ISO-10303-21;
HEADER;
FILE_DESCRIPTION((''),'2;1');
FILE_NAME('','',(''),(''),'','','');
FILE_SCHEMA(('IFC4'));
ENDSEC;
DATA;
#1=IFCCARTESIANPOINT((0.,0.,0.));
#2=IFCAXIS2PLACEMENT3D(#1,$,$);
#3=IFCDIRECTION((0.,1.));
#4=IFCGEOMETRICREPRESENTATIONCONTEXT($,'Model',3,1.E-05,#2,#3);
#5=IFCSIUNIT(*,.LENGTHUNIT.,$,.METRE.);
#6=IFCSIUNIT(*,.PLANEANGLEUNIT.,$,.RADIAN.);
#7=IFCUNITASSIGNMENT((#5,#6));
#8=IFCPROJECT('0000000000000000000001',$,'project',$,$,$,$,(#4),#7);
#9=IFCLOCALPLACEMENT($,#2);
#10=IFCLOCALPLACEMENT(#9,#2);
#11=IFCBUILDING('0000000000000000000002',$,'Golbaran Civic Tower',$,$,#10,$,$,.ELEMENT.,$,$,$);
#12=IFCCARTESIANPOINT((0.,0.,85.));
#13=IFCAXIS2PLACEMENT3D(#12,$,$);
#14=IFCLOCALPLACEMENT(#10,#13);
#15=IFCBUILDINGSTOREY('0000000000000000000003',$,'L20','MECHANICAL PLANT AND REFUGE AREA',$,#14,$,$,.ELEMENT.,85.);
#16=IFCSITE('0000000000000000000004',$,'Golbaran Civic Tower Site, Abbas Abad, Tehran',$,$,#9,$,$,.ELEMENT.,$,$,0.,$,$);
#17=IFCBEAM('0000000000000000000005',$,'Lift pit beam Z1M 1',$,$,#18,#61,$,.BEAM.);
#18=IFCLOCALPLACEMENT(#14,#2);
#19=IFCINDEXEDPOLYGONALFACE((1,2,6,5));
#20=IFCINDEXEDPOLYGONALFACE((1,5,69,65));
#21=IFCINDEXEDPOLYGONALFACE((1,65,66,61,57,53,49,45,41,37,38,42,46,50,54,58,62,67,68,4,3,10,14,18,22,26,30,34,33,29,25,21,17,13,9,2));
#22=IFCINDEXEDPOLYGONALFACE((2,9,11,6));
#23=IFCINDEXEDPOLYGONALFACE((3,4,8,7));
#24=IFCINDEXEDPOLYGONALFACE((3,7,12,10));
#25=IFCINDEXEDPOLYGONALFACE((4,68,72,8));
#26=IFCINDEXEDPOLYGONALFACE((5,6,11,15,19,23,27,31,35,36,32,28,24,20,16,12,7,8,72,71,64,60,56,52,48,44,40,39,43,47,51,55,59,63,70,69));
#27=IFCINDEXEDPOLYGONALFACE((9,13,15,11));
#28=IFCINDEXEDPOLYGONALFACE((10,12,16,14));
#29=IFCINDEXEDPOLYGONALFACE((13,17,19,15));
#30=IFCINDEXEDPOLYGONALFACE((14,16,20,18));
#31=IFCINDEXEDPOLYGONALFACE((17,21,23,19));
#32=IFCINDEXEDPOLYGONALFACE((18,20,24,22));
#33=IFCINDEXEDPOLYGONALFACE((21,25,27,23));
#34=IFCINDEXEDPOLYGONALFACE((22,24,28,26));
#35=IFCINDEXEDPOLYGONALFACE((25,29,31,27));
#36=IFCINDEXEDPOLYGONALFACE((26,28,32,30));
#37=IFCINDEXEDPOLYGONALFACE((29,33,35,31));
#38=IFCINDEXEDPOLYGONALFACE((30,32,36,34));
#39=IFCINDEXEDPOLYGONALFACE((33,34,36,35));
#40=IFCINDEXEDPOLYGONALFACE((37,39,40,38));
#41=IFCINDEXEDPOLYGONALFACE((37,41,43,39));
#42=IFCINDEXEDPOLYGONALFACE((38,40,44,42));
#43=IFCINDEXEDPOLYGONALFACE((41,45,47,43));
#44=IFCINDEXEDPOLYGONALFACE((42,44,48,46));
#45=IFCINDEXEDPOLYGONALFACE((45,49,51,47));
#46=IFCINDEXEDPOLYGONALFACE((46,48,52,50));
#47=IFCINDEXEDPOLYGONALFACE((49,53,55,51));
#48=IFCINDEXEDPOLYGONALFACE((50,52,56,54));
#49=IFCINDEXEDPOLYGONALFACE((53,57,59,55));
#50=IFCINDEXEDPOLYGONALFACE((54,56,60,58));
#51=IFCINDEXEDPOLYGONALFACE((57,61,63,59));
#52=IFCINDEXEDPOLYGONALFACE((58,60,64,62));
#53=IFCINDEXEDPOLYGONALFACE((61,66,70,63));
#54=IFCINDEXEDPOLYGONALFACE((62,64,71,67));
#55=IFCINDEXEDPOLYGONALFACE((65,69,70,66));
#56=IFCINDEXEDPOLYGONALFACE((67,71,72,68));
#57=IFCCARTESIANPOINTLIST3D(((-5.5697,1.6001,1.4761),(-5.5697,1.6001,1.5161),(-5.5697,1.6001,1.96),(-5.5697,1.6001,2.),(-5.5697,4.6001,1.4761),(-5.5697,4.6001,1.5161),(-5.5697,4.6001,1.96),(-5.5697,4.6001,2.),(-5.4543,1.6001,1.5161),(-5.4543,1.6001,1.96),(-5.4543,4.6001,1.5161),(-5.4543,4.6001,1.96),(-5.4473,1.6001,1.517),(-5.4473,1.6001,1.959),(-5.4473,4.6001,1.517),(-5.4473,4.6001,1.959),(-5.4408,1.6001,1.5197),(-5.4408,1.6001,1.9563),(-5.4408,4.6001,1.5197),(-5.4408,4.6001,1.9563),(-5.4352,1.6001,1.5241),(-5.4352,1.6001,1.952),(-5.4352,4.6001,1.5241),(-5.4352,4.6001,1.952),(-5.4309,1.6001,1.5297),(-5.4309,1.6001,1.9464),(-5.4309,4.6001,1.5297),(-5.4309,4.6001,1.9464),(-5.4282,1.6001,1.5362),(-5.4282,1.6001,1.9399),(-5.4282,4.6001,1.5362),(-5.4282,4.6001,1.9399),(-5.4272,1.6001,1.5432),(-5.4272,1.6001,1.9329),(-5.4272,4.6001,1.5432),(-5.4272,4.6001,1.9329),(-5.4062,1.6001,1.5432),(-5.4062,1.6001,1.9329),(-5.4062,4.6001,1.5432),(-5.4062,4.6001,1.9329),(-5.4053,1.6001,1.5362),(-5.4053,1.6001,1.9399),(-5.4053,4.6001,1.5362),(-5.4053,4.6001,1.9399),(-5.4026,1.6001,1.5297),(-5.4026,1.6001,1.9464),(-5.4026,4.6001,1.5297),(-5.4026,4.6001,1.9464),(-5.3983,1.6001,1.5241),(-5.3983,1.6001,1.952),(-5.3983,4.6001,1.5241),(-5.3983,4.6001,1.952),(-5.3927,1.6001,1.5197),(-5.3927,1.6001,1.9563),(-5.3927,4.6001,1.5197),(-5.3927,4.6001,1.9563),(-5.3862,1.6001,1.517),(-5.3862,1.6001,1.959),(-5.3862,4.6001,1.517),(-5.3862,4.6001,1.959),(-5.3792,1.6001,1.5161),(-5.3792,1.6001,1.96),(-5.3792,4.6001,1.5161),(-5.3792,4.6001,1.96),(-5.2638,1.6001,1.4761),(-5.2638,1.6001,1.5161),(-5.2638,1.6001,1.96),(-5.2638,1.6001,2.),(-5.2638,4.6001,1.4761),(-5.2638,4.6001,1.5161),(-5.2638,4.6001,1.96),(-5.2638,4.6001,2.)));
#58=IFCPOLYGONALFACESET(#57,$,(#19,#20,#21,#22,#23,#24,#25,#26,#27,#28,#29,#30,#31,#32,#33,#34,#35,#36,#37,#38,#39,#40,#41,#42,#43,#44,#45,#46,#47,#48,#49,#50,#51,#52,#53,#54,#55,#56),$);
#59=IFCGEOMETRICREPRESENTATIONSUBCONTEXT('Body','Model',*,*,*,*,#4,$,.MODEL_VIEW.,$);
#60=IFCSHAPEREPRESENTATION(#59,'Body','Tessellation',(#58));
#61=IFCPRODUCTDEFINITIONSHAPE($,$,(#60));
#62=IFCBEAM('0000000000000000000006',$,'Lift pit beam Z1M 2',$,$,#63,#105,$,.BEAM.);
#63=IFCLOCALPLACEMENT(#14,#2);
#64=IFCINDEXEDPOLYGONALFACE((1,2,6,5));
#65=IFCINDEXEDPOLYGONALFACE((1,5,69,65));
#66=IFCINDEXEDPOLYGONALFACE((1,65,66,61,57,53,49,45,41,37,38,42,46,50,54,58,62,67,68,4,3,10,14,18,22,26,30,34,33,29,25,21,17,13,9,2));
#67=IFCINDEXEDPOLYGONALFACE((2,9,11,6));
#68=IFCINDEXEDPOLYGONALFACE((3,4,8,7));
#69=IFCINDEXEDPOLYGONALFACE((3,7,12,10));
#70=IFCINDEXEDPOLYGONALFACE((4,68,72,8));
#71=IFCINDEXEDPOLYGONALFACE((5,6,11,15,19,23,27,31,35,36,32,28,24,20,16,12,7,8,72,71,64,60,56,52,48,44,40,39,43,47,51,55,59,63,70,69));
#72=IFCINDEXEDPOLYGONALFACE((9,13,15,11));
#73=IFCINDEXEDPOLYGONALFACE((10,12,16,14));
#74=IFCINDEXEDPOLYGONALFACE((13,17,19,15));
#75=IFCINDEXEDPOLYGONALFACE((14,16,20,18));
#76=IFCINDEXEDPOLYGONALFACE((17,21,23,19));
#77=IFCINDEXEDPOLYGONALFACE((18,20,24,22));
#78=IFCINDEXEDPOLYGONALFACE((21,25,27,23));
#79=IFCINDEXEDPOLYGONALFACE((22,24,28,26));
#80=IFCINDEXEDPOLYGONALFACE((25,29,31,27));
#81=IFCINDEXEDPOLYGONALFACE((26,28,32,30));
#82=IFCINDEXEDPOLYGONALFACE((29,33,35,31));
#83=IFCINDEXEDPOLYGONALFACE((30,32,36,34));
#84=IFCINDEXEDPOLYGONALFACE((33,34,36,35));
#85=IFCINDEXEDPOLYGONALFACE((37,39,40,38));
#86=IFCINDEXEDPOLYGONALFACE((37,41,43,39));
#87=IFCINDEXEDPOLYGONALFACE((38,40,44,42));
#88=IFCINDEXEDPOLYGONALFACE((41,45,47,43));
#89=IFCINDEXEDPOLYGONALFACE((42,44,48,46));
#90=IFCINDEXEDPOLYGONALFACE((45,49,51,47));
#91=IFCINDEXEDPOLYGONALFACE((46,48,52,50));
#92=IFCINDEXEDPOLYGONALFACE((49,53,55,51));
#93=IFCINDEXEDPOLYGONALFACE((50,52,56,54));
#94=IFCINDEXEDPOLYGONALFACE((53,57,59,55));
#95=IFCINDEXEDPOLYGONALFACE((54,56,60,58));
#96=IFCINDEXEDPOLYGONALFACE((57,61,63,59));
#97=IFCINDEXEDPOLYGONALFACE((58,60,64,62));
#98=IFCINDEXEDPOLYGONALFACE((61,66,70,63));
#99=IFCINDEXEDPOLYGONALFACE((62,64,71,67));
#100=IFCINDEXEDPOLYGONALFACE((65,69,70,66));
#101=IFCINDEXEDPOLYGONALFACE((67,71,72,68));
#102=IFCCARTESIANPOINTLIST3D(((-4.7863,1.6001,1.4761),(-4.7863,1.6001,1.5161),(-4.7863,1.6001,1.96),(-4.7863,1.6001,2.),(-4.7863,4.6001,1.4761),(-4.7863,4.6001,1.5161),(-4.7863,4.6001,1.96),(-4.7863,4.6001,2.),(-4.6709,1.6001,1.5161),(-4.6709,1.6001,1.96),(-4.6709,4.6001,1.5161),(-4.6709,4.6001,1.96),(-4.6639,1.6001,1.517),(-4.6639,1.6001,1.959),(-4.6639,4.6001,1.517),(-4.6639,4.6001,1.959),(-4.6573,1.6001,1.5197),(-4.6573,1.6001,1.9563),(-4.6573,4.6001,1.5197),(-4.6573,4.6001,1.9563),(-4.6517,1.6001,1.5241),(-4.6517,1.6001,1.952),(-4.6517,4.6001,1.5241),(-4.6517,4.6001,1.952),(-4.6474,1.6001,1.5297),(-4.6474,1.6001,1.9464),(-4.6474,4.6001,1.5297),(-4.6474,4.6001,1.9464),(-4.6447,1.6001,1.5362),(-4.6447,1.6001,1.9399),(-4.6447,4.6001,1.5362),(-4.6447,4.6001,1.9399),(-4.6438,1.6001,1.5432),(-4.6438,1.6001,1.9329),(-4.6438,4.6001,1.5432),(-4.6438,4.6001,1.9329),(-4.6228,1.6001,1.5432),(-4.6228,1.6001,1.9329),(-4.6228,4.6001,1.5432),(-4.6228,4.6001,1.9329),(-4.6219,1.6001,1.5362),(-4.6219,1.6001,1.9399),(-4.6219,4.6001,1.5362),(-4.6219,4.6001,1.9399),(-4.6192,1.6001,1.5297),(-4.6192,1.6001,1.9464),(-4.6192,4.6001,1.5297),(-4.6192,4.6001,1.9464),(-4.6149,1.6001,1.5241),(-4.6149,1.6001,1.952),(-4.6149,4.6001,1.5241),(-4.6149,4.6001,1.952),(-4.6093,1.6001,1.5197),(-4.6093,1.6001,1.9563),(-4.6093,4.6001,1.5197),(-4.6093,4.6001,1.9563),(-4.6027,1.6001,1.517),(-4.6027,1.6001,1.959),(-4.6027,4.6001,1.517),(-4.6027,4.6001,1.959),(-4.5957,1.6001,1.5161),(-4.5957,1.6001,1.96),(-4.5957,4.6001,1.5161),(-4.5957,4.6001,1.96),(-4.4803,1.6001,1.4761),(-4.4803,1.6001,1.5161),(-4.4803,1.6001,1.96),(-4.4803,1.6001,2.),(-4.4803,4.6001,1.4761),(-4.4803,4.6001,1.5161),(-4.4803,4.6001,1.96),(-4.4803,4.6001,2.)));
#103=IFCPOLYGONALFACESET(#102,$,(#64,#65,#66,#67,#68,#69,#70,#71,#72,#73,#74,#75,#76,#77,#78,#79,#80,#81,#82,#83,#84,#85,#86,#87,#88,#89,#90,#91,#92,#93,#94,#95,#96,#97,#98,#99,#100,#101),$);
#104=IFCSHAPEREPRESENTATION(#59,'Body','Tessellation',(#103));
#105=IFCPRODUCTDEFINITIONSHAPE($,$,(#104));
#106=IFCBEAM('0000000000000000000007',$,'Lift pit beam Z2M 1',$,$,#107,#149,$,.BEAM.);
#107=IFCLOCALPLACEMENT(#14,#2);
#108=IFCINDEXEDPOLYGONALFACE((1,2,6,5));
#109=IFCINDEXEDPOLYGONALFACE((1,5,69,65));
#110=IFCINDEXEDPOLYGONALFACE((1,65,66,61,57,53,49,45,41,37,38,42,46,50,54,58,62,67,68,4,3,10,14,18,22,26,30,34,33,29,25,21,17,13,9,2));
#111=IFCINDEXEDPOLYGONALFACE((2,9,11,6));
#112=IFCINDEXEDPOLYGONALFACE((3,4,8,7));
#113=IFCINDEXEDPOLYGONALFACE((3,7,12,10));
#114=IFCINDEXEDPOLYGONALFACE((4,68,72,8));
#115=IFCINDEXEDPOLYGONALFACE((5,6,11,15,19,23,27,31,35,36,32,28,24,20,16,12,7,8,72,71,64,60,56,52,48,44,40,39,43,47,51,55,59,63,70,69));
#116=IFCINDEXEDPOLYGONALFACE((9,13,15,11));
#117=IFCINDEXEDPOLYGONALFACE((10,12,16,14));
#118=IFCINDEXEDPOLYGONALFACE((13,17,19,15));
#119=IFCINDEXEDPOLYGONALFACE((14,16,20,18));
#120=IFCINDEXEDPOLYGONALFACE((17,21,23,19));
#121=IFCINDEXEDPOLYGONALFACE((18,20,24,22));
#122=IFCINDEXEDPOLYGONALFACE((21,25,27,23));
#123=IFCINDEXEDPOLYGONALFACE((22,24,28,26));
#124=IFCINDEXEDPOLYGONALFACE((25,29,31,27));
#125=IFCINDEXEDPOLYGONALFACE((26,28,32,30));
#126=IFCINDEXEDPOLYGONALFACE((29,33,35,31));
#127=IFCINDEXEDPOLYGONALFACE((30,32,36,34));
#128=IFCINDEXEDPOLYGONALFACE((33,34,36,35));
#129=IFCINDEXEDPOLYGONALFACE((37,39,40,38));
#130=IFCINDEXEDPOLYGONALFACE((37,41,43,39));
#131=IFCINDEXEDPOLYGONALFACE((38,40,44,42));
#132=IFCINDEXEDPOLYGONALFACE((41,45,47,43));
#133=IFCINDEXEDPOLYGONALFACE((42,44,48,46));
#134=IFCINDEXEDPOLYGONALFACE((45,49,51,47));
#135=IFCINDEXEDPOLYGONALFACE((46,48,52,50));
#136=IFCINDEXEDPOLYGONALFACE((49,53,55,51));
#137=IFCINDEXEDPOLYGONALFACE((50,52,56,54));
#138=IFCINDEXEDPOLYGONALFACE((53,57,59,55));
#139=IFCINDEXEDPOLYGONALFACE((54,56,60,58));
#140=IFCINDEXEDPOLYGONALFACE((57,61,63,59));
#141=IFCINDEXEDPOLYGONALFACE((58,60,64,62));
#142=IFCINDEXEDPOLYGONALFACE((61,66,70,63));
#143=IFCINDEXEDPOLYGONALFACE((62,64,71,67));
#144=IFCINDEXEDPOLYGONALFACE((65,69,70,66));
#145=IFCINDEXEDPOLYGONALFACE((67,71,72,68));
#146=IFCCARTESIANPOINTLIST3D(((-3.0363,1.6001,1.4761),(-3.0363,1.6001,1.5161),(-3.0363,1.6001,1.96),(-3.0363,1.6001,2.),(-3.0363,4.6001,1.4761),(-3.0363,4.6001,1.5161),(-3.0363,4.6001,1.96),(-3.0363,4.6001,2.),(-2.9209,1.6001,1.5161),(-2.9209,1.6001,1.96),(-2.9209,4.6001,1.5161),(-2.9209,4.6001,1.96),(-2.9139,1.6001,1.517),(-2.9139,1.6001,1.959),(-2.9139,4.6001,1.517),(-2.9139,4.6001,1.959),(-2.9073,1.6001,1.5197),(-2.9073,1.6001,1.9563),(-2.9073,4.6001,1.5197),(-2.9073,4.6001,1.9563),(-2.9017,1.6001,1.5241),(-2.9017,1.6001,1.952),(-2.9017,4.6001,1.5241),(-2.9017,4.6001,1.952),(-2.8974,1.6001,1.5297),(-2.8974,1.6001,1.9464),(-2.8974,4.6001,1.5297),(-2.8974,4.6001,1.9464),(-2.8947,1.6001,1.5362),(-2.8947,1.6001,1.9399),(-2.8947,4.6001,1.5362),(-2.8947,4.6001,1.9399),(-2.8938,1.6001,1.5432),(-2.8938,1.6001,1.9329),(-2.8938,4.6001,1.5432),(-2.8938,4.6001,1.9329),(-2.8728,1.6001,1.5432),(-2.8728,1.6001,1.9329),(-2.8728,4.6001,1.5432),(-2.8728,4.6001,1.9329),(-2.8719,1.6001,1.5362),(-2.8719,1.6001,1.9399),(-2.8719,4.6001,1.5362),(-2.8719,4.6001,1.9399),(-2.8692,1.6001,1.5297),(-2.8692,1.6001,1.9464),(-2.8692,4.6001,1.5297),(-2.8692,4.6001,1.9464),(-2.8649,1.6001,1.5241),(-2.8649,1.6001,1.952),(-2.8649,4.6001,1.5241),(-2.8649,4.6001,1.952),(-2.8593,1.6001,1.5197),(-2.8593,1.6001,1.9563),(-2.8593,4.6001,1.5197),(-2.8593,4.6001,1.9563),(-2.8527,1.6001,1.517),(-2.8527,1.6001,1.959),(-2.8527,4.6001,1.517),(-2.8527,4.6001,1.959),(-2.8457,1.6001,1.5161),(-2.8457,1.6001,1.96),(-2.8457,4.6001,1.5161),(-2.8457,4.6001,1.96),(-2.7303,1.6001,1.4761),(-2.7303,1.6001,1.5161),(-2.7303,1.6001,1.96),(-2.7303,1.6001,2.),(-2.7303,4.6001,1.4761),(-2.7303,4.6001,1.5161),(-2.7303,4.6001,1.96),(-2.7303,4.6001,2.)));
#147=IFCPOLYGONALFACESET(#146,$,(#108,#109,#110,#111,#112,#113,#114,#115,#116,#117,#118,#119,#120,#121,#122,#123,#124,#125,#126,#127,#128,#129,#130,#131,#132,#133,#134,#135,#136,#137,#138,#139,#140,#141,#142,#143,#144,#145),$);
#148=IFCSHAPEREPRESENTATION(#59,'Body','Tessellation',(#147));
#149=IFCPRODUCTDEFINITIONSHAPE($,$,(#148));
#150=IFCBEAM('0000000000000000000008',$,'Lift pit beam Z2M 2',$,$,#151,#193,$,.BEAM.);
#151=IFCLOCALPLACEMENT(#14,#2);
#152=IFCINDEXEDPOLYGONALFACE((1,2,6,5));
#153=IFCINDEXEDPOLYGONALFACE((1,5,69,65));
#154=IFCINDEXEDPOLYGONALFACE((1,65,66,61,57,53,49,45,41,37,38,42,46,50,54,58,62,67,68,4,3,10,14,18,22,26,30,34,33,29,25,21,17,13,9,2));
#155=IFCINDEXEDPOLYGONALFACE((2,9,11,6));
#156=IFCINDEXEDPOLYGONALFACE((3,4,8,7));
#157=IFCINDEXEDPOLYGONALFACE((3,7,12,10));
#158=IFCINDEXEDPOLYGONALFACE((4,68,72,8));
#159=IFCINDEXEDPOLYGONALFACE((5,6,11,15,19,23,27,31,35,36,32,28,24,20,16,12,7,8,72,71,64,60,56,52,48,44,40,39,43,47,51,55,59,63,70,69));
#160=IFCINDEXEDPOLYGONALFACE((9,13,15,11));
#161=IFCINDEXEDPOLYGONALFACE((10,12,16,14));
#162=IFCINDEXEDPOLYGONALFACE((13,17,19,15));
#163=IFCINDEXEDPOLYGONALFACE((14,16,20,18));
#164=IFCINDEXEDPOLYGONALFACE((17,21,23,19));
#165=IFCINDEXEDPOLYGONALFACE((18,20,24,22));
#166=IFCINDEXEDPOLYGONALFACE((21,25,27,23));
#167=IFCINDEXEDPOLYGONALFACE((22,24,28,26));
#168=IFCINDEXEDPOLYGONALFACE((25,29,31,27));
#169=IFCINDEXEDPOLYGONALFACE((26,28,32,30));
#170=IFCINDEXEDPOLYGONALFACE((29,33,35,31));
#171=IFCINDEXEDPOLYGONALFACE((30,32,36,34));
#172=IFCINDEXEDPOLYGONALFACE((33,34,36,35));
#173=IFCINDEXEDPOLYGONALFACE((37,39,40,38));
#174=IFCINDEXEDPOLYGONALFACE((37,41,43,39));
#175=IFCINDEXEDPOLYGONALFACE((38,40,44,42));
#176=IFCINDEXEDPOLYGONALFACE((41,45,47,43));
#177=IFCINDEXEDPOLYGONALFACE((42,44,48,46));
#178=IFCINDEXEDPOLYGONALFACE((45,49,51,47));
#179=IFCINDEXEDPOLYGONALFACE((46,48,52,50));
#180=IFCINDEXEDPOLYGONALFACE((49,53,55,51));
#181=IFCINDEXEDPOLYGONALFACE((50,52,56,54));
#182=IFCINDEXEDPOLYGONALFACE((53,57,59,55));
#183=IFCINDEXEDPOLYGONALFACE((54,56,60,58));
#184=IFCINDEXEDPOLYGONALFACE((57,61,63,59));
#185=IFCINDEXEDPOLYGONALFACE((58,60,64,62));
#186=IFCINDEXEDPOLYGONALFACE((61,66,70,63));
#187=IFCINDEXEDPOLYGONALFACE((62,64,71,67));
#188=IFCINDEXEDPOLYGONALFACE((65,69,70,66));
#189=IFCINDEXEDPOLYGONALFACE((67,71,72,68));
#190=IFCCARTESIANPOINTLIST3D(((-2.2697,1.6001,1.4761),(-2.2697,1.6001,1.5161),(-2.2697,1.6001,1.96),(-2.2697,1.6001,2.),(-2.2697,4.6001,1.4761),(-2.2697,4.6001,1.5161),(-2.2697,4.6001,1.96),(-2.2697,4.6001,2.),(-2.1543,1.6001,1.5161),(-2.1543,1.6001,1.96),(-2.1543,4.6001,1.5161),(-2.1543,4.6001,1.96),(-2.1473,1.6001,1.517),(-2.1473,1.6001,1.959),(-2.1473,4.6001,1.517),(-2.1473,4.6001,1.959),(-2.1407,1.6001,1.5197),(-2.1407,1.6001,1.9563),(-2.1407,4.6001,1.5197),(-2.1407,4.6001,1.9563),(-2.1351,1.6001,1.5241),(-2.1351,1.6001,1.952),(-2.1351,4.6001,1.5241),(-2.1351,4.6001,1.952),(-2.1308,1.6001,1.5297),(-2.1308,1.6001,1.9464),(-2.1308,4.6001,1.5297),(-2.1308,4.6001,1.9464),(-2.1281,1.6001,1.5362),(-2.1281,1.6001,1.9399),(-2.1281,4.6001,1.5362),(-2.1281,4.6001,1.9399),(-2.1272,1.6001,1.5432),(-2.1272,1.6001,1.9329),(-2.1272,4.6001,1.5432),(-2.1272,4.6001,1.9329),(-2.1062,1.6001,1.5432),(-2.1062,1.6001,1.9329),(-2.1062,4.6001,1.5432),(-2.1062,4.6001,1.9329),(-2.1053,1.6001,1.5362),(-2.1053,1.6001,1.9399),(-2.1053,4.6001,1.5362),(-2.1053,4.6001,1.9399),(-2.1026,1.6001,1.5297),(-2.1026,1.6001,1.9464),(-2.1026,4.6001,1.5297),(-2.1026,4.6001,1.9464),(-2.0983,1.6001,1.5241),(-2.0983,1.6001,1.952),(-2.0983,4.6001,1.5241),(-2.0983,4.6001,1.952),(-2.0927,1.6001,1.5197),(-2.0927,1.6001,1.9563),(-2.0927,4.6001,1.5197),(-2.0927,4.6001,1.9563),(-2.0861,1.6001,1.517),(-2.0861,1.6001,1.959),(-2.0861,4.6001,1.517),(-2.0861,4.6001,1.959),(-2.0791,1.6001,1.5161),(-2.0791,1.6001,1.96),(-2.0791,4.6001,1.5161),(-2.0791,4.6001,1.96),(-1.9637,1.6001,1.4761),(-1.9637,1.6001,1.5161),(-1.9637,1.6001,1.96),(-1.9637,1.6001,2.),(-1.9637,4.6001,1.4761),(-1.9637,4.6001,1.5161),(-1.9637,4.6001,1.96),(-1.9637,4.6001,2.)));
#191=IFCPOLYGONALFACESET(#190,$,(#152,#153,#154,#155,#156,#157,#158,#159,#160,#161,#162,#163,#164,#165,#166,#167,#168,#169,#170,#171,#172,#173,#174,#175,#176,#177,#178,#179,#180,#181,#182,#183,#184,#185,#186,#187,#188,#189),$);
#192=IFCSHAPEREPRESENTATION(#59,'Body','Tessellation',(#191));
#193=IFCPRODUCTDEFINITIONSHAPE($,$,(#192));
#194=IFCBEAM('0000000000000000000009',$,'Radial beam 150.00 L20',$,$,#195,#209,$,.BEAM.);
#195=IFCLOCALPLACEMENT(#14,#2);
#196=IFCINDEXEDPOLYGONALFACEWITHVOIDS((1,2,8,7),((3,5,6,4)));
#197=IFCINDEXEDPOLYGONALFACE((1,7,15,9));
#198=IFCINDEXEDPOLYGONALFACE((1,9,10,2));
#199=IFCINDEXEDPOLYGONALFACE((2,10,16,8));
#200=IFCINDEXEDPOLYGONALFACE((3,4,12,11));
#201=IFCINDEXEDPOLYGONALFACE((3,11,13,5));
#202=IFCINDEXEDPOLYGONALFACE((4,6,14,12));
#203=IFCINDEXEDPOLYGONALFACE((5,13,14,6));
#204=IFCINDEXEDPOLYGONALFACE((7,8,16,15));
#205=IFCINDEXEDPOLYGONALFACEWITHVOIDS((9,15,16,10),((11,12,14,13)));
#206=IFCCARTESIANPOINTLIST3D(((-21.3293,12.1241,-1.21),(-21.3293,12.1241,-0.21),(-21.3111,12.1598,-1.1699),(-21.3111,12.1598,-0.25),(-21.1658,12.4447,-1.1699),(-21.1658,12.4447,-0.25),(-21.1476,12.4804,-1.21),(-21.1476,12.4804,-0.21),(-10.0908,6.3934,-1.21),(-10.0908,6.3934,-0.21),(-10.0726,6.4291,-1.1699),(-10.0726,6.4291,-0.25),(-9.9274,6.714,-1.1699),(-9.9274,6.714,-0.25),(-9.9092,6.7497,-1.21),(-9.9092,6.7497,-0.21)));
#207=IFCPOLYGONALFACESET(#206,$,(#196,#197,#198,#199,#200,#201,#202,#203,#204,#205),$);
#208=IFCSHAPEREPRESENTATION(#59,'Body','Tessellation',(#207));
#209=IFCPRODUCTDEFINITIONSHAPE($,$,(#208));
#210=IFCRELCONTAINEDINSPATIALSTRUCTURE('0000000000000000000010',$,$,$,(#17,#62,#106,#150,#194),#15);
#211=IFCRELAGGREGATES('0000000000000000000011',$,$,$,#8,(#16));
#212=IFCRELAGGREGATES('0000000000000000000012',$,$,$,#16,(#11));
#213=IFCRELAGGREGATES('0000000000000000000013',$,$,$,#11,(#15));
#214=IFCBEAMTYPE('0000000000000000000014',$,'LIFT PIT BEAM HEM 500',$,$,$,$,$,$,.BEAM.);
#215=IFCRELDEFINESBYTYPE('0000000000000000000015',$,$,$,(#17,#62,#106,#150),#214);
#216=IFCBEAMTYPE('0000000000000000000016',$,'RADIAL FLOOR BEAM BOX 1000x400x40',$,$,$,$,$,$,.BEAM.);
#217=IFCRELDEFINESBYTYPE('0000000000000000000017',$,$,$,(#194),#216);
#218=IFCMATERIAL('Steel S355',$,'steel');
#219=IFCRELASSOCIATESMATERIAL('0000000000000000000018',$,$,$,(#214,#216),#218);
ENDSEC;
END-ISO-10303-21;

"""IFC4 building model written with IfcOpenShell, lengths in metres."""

from ifc_helpers import new_model, si_unit, direction, frame, origin, origin_2d, place, context, subcontext, project, spatial, hollow_rectangle, i_section, extrude, material, material_profile, profile_set, type_object, element, save


model = new_model("IFC4")

# Units and contexts
model_context = context("Model", 3, precision=1e-05, world=origin(), true_north=direction((0.0, 1.0)))
body_context = subcontext(model_context, "Body", "Model", "MODEL_VIEW")
ifc_project = project(units=[si_unit("LENGTHUNIT", "METRE"), si_unit("PLANEANGLEUNIT", "RADIAN")], contexts=[model_context])

# Site, building, storey
site_placement = place(None, origin())
site = spatial("IfcSite", under=ifc_project, at=site_placement, Name="Golbaran Civic Tower Site, Abbas Abad, Tehran", CompositionType="ELEMENT", RefElevation=0.0)
building_placement = place(site_placement, origin())
building = spatial("IfcBuilding", under=site, at=building_placement, Name="Golbaran Civic Tower", CompositionType="ELEMENT")
storey_placement = place(building_placement, frame((0.0, 0.0, 85.0)))
storey = spatial("IfcBuildingStorey", under=building, at=storey_placement, Name="L20", Description="MECHANICAL PLANT AND REFUGE AREA", CompositionType="ELEMENT", Elevation=85.0)

# Beams
ifc_material_1 = material(Name="Steel S355", Category="steel")
ifc_material_profile_1 = material_profile(ifc_material_1, i_section(OverallWidth=0.3059, OverallDepth=0.5239, WebThickness=0.021, FlangeThickness=0.04, FilletRadius=0.0271, at=origin_2d()), Name="HEM 500")
ifc_profile_set_1 = profile_set([ifc_material_profile_1], Name="Steel S355")
beam_type_1 = type_object("IfcBeamType", Name="LIFT PIT BEAM HEM 500", PredefinedType="BEAM", material=ifc_profile_set_1)
for number, where, z_axis, x_axis, name in (
    (1, (-5.4167, 1.6001, 1.738), (0.0, 1.0, 0.0), (-1.0, 0.0, 0.0), "Lift pit beam Z1M 1"),
    (2, (-4.6333, 1.6001, 1.738), (0.0, 1.0, 0.0), (-1.0, 0.0, 0.0), "Lift pit beam Z1M 2"),
    (3, (-2.8833, 1.6001, 1.738), (0.0, 1.0, 0.0), (-1.0, 0.0, 0.0), "Lift pit beam Z2M 1"),
    (4, (-2.1167, 1.6001, 1.738), (0.0, 1.0, 0.0), (-1.0, 0.0, 0.0), "Lift pit beam Z2M 2"),
):
    element("IfcBeam", number, at=place(storey_placement, frame(where, z_axis=z_axis, x_axis=x_axis)), inside=storey, type_object=beam_type_1, Name=name, PredefinedType="BEAM", context=body_context, shape_type="SweptSolid", body=[
        extrude(i_section(OverallWidth=0.3059, OverallDepth=0.5239, WebThickness=0.021, FlangeThickness=0.04, FilletRadius=0.0271, at=origin_2d()), origin(), (0.0, 0.0, 1.0), 3.0),
    ])
ifc_material_profile_2 = material_profile(ifc_material_1, hollow_rectangle(XDim=0.3999, YDim=1.0, WallThickness=0.04, at=origin_2d()), Name="BOX 1000x400x40")
ifc_profile_set_2 = profile_set([ifc_material_profile_2], Name="Steel S355")
beam_type_2 = type_object("IfcBeamType", Name="RADIAL FLOOR BEAM BOX 1000x400x40", PredefinedType="BEAM", material=ifc_profile_set_2)
beam_1_placement = place(storey_placement, frame((-10.0, 6.5715, -0.71), z_axis=(-0.890865, 0.454267, 0.0), x_axis=(-0.454267, -0.890865, 0.0)))
element("IfcBeam", 5, at=beam_1_placement, inside=storey, type_object=beam_type_2, Name="Radial beam 150.00 L20", PredefinedType="BEAM", context=body_context, shape_type="SweptSolid", body=[
    extrude(hollow_rectangle(XDim=0.3999, YDim=1.0, WallThickness=0.04, at=origin_2d()), origin(), (0.0, 0.0, 1.0), 12.6152),
])

save(model, "model.ifc")
